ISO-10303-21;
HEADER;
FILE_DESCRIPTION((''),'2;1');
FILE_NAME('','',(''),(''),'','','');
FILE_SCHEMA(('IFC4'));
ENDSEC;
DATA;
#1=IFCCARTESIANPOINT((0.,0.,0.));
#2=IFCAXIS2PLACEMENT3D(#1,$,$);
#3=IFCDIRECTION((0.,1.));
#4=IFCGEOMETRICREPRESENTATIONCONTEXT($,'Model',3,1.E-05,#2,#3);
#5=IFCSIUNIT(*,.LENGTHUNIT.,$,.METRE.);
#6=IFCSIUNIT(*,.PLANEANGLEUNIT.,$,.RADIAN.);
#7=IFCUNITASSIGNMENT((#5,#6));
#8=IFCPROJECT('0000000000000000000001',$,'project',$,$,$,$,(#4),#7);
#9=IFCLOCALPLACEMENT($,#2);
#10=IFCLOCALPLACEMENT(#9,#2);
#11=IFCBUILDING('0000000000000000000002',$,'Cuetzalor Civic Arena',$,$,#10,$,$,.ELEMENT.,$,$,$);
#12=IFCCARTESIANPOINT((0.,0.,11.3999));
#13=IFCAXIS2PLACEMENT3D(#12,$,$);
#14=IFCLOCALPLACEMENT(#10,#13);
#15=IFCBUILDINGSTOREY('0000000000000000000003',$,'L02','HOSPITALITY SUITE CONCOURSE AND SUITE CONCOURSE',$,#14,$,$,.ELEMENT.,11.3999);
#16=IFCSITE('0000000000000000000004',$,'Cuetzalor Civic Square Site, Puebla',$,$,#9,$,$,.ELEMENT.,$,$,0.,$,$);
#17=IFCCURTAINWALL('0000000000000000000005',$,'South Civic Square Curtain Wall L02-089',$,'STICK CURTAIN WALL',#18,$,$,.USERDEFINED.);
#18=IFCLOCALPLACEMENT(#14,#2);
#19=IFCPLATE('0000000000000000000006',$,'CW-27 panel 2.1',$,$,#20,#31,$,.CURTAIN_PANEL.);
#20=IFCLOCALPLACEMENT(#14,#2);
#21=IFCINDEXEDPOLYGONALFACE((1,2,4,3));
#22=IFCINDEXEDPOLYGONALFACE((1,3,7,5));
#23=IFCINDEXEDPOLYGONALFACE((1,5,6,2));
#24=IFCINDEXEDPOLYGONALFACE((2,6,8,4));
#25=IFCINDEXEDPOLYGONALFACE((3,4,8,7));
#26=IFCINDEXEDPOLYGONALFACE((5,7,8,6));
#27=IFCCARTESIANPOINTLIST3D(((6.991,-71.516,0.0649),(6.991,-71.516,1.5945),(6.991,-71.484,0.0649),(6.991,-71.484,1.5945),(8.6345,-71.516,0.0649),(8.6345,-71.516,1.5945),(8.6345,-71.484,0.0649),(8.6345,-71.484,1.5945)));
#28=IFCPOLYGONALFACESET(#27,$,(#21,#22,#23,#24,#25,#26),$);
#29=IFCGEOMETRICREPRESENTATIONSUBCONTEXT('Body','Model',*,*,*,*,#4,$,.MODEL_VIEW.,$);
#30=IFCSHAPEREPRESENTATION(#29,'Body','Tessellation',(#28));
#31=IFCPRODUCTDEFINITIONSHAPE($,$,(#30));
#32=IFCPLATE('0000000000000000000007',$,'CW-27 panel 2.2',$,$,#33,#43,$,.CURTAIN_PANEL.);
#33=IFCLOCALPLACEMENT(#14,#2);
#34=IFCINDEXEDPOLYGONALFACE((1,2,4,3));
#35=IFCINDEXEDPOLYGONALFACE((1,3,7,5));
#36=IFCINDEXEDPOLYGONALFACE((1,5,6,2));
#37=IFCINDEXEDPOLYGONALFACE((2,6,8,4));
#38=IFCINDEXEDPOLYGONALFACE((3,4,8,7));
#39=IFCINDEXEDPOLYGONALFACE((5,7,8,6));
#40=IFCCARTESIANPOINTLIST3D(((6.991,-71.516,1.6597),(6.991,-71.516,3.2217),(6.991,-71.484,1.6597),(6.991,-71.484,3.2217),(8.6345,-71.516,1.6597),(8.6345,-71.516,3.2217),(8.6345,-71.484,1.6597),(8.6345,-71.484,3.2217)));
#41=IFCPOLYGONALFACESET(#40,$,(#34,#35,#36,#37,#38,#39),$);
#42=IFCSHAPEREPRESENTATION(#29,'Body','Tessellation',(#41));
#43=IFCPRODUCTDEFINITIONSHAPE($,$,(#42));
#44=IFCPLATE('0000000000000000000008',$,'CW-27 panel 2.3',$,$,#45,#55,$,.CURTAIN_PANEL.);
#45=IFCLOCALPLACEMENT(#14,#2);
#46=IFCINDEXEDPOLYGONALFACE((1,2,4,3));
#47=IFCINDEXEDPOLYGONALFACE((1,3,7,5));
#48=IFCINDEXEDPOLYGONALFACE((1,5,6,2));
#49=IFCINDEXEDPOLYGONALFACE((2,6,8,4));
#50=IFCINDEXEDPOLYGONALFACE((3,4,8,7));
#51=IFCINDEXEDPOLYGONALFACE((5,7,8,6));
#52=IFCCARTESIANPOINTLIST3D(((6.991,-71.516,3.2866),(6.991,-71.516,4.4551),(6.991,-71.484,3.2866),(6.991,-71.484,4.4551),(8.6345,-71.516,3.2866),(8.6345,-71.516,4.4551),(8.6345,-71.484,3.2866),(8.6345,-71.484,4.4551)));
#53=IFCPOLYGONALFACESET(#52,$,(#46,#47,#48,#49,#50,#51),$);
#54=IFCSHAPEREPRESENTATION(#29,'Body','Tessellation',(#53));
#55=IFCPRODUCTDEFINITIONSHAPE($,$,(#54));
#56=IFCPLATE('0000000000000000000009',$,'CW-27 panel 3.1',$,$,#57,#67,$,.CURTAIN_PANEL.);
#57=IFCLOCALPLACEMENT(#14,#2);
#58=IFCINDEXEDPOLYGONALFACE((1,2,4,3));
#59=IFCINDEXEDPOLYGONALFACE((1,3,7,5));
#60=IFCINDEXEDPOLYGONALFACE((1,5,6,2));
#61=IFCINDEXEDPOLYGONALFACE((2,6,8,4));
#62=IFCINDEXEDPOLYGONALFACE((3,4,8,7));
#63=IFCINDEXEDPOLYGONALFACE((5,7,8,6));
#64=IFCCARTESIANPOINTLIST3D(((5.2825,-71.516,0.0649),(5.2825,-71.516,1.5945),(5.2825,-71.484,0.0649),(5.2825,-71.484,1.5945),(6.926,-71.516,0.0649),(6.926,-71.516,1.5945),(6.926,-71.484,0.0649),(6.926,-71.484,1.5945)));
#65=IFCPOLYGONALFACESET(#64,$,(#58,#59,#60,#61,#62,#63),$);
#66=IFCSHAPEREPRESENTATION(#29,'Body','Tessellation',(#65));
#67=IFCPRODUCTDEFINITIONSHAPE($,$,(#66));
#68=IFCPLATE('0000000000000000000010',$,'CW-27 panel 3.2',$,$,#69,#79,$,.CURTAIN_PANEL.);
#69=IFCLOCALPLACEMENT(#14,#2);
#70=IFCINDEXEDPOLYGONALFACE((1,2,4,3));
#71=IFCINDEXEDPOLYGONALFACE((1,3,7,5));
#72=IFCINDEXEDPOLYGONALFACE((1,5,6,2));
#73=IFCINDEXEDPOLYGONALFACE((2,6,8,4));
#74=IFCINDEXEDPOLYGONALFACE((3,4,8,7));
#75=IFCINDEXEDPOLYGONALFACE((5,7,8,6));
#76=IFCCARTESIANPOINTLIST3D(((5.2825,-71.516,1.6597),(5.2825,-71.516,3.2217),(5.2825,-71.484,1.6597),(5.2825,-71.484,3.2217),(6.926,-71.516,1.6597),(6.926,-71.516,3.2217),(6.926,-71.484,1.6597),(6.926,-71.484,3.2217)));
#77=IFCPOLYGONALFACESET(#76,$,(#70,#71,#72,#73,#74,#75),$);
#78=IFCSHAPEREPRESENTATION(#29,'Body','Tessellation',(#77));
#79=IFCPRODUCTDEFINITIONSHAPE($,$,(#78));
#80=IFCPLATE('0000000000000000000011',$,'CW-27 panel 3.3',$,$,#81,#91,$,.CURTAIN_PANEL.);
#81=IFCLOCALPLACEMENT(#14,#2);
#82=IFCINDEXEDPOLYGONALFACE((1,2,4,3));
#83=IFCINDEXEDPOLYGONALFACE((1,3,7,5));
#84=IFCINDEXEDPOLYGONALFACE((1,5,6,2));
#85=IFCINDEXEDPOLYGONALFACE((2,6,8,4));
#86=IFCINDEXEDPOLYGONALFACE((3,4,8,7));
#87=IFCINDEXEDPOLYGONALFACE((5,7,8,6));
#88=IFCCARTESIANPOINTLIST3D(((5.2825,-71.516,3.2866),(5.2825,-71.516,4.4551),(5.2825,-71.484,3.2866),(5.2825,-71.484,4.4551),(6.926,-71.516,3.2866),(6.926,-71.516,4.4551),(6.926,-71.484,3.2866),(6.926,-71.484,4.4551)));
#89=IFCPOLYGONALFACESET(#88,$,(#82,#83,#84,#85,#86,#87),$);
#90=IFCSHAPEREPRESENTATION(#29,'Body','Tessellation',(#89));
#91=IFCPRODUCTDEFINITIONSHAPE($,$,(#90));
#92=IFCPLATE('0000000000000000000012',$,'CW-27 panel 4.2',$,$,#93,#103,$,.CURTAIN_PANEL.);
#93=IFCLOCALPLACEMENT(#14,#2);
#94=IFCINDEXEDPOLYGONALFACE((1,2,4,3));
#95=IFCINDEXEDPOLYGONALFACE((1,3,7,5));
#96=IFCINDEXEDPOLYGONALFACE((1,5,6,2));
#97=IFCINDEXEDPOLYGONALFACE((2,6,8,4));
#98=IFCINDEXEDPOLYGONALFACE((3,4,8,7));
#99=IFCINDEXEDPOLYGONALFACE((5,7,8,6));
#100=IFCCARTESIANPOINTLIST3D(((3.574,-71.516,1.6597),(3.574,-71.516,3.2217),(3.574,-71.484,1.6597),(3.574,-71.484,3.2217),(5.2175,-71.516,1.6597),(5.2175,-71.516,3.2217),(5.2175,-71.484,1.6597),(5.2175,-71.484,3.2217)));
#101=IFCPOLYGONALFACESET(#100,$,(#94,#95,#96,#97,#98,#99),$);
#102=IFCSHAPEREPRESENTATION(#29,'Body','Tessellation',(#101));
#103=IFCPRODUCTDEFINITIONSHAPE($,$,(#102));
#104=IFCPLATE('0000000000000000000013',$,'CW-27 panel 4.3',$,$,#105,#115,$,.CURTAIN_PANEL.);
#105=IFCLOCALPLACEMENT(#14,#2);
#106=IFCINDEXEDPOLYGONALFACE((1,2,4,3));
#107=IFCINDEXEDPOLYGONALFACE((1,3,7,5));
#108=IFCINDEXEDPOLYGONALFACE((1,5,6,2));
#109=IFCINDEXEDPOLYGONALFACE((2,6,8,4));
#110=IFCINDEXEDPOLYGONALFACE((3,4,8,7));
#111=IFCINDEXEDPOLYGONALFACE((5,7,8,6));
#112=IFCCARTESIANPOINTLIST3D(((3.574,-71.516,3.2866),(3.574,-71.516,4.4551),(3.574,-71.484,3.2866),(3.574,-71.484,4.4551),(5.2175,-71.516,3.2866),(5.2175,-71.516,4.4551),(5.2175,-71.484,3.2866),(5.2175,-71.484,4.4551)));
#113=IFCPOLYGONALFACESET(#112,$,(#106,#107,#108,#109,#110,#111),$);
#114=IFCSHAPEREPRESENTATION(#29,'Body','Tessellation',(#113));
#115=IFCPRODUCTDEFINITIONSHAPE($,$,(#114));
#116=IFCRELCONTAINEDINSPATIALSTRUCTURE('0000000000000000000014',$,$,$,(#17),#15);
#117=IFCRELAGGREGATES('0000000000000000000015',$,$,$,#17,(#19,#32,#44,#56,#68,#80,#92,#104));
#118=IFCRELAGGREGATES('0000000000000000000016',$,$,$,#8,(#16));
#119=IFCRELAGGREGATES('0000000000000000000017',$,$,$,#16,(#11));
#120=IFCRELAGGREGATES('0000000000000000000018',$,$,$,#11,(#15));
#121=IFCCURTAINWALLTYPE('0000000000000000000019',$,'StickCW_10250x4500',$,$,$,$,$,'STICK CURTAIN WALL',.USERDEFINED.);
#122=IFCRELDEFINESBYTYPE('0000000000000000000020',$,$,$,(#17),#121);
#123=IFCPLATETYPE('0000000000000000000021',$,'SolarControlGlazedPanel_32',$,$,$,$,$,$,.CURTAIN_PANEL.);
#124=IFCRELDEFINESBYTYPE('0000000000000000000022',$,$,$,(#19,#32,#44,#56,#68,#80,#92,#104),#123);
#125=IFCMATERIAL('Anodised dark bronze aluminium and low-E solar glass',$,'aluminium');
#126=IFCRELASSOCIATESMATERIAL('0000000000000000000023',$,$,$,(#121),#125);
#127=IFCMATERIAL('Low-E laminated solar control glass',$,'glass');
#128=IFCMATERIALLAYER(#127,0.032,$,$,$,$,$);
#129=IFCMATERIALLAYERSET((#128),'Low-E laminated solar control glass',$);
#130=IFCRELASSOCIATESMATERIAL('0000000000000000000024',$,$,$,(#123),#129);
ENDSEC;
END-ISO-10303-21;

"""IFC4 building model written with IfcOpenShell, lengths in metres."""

from ifc_helpers import new_model, si_unit, direction, frame, origin, origin_2d, place, context, subcontext, project, spatial, rectangle, extrude, material, layer, layer_set, type_object, element, aggregate, save


model = new_model("IFC4")

# Units and contexts
model_context = context("Model", 3, precision=1e-05, world=origin(), true_north=direction((0.0, 1.0)))
body_context = subcontext(model_context, "Body", "Model", "MODEL_VIEW")
ifc_project = project(units=[si_unit("LENGTHUNIT", "METRE"), si_unit("PLANEANGLEUNIT", "RADIAN")], contexts=[model_context])

# Site, building, storey
site_placement = place(None, origin())
site = spatial("IfcSite", under=ifc_project, at=site_placement, Name="Cuetzalor Civic Square Site, Puebla", CompositionType="ELEMENT", RefElevation=0.0)
building_placement = place(site_placement, origin())
building = spatial("IfcBuilding", under=site, at=building_placement, Name="Cuetzalor Civic Arena", CompositionType="ELEMENT")
storey_placement = place(building_placement, frame((0.0, 0.0, 11.3999)))
storey = spatial("IfcBuildingStorey", under=building, at=storey_placement, Name="L02", Description="HOSPITALITY SUITE CONCOURSE AND SUITE CONCOURSE", CompositionType="ELEMENT", Elevation=11.3999)

# Curtain wall, plates
ifc_material_1 = material(Name="Anodised dark bronze aluminium and low-E solar glass", Category="aluminium")
curtain_wall_type = type_object("IfcCurtainWallType", Name="StickCW_10250x4500", ElementType="STICK CURTAIN WALL", PredefinedType="USERDEFINED", material=ifc_material_1)
curtain_wall_placement = place(storey_placement, origin())
curtain_wall = element("IfcCurtainWall", 1, at=curtain_wall_placement, inside=storey, type_object=curtain_wall_type, Name="South Civic Square Curtain Wall L02-089", ObjectType="STICK CURTAIN WALL", PredefinedType="USERDEFINED")
ifc_material_2 = material(Name="Low-E laminated solar control glass", Category="glass")
ifc_layer = layer(ifc_material_2, 0.032)
ifc_layer_set = layer_set([ifc_layer], Name="Low-E laminated solar control glass")
plate_type = type_object("IfcPlateType", Name="SolarControlGlazedPanel_32", PredefinedType="CURTAIN_PANEL", material=ifc_layer_set)
plate_1_placement = place(storey_placement, frame((7.8127, -71.5, 0.0649), z_axis=(0.0, 0.0, 1.0), x_axis=(-1.0, 0.0, 0.0)))
plate_1 = element("IfcPlate", 2, at=plate_1_placement, type_object=plate_type, Name="CW-27 panel 2.1", PredefinedType="CURTAIN_PANEL", context=body_context, shape_type="SweptSolid", body=[
    extrude(rectangle(XDim=1.6436, YDim=0.032, at=origin_2d()), origin(), (0.0, 0.0, 1.0), 1.5295),
])
plate_2_placement = place(storey_placement, frame((7.8127, -71.5, 1.6597), z_axis=(0.0, 0.0, 1.0), x_axis=(-1.0, 0.0, 0.0)))
plate_2 = element("IfcPlate", 3, at=plate_2_placement, type_object=plate_type, Name="CW-27 panel 2.2", PredefinedType="CURTAIN_PANEL", context=body_context, shape_type="SweptSolid", body=[
    extrude(rectangle(XDim=1.6436, YDim=0.032, at=origin_2d()), origin(), (0.0, 0.0, 1.0), 1.562),
])
plate_3_placement = place(storey_placement, frame((7.8127, -71.5, 3.2866), z_axis=(0.0, 0.0, 1.0), x_axis=(-1.0, 0.0, 0.0)))
plate_3 = element("IfcPlate", 4, at=plate_3_placement, type_object=plate_type, Name="CW-27 panel 2.3", PredefinedType="CURTAIN_PANEL", context=body_context, shape_type="SweptSolid", body=[
    extrude(rectangle(XDim=1.6436, YDim=0.032, at=origin_2d()), origin(), (0.0, 0.0, 1.0), 1.1685),
])
plate_4_placement = place(storey_placement, frame((6.1042, -71.5, 0.0649), z_axis=(0.0, 0.0, 1.0), x_axis=(-1.0, 0.0, 0.0)))
plate_4 = element("IfcPlate", 5, at=plate_4_placement, type_object=plate_type, Name="CW-27 panel 3.1", PredefinedType="CURTAIN_PANEL", context=body_context, shape_type="SweptSolid", body=[
    extrude(rectangle(XDim=1.6436, YDim=0.032, at=origin_2d()), origin(), (0.0, 0.0, 1.0), 1.5295),
])
plate_5_placement = place(storey_placement, frame((6.1042, -71.5, 1.6597), z_axis=(0.0, 0.0, 1.0), x_axis=(-1.0, 0.0, 0.0)))
plate_5 = element("IfcPlate", 6, at=plate_5_placement, type_object=plate_type, Name="CW-27 panel 3.2", PredefinedType="CURTAIN_PANEL", context=body_context, shape_type="SweptSolid", body=[
    extrude(rectangle(XDim=1.6436, YDim=0.032, at=origin_2d()), origin(), (0.0, 0.0, 1.0), 1.562),
])
plate_6_placement = place(storey_placement, frame((6.1042, -71.5, 3.2866), z_axis=(0.0, 0.0, 1.0), x_axis=(-1.0, 0.0, 0.0)))
plate_6 = element("IfcPlate", 7, at=plate_6_placement, type_object=plate_type, Name="CW-27 panel 3.3", PredefinedType="CURTAIN_PANEL", context=body_context, shape_type="SweptSolid", body=[
    extrude(rectangle(XDim=1.6436, YDim=0.032, at=origin_2d()), origin(), (0.0, 0.0, 1.0), 1.1685),
])
plate_7_placement = place(storey_placement, frame((4.3958, -71.5, 1.6597), z_axis=(0.0, 0.0, 1.0), x_axis=(-1.0, 0.0, 0.0)))
plate_7 = element("IfcPlate", 8, at=plate_7_placement, type_object=plate_type, Name="CW-27 panel 4.2", PredefinedType="CURTAIN_PANEL", context=body_context, shape_type="SweptSolid", body=[
    extrude(rectangle(XDim=1.6436, YDim=0.032, at=origin_2d()), origin(), (0.0, 0.0, 1.0), 1.562),
])
plate_8_placement = place(storey_placement, frame((4.3958, -71.5, 3.2866), z_axis=(0.0, 0.0, 1.0), x_axis=(-1.0, 0.0, 0.0)))
plate_8 = element("IfcPlate", 9, at=plate_8_placement, type_object=plate_type, Name="CW-27 panel 4.3", PredefinedType="CURTAIN_PANEL", context=body_context, shape_type="SweptSolid", body=[
    extrude(rectangle(XDim=1.6436, YDim=0.032, at=origin_2d()), origin(), (0.0, 0.0, 1.0), 1.1685),
])
aggregate(curtain_wall, [plate_1, plate_2, plate_3, plate_4, plate_5, plate_6, plate_7, plate_8])

save(model, "model.ifc")
